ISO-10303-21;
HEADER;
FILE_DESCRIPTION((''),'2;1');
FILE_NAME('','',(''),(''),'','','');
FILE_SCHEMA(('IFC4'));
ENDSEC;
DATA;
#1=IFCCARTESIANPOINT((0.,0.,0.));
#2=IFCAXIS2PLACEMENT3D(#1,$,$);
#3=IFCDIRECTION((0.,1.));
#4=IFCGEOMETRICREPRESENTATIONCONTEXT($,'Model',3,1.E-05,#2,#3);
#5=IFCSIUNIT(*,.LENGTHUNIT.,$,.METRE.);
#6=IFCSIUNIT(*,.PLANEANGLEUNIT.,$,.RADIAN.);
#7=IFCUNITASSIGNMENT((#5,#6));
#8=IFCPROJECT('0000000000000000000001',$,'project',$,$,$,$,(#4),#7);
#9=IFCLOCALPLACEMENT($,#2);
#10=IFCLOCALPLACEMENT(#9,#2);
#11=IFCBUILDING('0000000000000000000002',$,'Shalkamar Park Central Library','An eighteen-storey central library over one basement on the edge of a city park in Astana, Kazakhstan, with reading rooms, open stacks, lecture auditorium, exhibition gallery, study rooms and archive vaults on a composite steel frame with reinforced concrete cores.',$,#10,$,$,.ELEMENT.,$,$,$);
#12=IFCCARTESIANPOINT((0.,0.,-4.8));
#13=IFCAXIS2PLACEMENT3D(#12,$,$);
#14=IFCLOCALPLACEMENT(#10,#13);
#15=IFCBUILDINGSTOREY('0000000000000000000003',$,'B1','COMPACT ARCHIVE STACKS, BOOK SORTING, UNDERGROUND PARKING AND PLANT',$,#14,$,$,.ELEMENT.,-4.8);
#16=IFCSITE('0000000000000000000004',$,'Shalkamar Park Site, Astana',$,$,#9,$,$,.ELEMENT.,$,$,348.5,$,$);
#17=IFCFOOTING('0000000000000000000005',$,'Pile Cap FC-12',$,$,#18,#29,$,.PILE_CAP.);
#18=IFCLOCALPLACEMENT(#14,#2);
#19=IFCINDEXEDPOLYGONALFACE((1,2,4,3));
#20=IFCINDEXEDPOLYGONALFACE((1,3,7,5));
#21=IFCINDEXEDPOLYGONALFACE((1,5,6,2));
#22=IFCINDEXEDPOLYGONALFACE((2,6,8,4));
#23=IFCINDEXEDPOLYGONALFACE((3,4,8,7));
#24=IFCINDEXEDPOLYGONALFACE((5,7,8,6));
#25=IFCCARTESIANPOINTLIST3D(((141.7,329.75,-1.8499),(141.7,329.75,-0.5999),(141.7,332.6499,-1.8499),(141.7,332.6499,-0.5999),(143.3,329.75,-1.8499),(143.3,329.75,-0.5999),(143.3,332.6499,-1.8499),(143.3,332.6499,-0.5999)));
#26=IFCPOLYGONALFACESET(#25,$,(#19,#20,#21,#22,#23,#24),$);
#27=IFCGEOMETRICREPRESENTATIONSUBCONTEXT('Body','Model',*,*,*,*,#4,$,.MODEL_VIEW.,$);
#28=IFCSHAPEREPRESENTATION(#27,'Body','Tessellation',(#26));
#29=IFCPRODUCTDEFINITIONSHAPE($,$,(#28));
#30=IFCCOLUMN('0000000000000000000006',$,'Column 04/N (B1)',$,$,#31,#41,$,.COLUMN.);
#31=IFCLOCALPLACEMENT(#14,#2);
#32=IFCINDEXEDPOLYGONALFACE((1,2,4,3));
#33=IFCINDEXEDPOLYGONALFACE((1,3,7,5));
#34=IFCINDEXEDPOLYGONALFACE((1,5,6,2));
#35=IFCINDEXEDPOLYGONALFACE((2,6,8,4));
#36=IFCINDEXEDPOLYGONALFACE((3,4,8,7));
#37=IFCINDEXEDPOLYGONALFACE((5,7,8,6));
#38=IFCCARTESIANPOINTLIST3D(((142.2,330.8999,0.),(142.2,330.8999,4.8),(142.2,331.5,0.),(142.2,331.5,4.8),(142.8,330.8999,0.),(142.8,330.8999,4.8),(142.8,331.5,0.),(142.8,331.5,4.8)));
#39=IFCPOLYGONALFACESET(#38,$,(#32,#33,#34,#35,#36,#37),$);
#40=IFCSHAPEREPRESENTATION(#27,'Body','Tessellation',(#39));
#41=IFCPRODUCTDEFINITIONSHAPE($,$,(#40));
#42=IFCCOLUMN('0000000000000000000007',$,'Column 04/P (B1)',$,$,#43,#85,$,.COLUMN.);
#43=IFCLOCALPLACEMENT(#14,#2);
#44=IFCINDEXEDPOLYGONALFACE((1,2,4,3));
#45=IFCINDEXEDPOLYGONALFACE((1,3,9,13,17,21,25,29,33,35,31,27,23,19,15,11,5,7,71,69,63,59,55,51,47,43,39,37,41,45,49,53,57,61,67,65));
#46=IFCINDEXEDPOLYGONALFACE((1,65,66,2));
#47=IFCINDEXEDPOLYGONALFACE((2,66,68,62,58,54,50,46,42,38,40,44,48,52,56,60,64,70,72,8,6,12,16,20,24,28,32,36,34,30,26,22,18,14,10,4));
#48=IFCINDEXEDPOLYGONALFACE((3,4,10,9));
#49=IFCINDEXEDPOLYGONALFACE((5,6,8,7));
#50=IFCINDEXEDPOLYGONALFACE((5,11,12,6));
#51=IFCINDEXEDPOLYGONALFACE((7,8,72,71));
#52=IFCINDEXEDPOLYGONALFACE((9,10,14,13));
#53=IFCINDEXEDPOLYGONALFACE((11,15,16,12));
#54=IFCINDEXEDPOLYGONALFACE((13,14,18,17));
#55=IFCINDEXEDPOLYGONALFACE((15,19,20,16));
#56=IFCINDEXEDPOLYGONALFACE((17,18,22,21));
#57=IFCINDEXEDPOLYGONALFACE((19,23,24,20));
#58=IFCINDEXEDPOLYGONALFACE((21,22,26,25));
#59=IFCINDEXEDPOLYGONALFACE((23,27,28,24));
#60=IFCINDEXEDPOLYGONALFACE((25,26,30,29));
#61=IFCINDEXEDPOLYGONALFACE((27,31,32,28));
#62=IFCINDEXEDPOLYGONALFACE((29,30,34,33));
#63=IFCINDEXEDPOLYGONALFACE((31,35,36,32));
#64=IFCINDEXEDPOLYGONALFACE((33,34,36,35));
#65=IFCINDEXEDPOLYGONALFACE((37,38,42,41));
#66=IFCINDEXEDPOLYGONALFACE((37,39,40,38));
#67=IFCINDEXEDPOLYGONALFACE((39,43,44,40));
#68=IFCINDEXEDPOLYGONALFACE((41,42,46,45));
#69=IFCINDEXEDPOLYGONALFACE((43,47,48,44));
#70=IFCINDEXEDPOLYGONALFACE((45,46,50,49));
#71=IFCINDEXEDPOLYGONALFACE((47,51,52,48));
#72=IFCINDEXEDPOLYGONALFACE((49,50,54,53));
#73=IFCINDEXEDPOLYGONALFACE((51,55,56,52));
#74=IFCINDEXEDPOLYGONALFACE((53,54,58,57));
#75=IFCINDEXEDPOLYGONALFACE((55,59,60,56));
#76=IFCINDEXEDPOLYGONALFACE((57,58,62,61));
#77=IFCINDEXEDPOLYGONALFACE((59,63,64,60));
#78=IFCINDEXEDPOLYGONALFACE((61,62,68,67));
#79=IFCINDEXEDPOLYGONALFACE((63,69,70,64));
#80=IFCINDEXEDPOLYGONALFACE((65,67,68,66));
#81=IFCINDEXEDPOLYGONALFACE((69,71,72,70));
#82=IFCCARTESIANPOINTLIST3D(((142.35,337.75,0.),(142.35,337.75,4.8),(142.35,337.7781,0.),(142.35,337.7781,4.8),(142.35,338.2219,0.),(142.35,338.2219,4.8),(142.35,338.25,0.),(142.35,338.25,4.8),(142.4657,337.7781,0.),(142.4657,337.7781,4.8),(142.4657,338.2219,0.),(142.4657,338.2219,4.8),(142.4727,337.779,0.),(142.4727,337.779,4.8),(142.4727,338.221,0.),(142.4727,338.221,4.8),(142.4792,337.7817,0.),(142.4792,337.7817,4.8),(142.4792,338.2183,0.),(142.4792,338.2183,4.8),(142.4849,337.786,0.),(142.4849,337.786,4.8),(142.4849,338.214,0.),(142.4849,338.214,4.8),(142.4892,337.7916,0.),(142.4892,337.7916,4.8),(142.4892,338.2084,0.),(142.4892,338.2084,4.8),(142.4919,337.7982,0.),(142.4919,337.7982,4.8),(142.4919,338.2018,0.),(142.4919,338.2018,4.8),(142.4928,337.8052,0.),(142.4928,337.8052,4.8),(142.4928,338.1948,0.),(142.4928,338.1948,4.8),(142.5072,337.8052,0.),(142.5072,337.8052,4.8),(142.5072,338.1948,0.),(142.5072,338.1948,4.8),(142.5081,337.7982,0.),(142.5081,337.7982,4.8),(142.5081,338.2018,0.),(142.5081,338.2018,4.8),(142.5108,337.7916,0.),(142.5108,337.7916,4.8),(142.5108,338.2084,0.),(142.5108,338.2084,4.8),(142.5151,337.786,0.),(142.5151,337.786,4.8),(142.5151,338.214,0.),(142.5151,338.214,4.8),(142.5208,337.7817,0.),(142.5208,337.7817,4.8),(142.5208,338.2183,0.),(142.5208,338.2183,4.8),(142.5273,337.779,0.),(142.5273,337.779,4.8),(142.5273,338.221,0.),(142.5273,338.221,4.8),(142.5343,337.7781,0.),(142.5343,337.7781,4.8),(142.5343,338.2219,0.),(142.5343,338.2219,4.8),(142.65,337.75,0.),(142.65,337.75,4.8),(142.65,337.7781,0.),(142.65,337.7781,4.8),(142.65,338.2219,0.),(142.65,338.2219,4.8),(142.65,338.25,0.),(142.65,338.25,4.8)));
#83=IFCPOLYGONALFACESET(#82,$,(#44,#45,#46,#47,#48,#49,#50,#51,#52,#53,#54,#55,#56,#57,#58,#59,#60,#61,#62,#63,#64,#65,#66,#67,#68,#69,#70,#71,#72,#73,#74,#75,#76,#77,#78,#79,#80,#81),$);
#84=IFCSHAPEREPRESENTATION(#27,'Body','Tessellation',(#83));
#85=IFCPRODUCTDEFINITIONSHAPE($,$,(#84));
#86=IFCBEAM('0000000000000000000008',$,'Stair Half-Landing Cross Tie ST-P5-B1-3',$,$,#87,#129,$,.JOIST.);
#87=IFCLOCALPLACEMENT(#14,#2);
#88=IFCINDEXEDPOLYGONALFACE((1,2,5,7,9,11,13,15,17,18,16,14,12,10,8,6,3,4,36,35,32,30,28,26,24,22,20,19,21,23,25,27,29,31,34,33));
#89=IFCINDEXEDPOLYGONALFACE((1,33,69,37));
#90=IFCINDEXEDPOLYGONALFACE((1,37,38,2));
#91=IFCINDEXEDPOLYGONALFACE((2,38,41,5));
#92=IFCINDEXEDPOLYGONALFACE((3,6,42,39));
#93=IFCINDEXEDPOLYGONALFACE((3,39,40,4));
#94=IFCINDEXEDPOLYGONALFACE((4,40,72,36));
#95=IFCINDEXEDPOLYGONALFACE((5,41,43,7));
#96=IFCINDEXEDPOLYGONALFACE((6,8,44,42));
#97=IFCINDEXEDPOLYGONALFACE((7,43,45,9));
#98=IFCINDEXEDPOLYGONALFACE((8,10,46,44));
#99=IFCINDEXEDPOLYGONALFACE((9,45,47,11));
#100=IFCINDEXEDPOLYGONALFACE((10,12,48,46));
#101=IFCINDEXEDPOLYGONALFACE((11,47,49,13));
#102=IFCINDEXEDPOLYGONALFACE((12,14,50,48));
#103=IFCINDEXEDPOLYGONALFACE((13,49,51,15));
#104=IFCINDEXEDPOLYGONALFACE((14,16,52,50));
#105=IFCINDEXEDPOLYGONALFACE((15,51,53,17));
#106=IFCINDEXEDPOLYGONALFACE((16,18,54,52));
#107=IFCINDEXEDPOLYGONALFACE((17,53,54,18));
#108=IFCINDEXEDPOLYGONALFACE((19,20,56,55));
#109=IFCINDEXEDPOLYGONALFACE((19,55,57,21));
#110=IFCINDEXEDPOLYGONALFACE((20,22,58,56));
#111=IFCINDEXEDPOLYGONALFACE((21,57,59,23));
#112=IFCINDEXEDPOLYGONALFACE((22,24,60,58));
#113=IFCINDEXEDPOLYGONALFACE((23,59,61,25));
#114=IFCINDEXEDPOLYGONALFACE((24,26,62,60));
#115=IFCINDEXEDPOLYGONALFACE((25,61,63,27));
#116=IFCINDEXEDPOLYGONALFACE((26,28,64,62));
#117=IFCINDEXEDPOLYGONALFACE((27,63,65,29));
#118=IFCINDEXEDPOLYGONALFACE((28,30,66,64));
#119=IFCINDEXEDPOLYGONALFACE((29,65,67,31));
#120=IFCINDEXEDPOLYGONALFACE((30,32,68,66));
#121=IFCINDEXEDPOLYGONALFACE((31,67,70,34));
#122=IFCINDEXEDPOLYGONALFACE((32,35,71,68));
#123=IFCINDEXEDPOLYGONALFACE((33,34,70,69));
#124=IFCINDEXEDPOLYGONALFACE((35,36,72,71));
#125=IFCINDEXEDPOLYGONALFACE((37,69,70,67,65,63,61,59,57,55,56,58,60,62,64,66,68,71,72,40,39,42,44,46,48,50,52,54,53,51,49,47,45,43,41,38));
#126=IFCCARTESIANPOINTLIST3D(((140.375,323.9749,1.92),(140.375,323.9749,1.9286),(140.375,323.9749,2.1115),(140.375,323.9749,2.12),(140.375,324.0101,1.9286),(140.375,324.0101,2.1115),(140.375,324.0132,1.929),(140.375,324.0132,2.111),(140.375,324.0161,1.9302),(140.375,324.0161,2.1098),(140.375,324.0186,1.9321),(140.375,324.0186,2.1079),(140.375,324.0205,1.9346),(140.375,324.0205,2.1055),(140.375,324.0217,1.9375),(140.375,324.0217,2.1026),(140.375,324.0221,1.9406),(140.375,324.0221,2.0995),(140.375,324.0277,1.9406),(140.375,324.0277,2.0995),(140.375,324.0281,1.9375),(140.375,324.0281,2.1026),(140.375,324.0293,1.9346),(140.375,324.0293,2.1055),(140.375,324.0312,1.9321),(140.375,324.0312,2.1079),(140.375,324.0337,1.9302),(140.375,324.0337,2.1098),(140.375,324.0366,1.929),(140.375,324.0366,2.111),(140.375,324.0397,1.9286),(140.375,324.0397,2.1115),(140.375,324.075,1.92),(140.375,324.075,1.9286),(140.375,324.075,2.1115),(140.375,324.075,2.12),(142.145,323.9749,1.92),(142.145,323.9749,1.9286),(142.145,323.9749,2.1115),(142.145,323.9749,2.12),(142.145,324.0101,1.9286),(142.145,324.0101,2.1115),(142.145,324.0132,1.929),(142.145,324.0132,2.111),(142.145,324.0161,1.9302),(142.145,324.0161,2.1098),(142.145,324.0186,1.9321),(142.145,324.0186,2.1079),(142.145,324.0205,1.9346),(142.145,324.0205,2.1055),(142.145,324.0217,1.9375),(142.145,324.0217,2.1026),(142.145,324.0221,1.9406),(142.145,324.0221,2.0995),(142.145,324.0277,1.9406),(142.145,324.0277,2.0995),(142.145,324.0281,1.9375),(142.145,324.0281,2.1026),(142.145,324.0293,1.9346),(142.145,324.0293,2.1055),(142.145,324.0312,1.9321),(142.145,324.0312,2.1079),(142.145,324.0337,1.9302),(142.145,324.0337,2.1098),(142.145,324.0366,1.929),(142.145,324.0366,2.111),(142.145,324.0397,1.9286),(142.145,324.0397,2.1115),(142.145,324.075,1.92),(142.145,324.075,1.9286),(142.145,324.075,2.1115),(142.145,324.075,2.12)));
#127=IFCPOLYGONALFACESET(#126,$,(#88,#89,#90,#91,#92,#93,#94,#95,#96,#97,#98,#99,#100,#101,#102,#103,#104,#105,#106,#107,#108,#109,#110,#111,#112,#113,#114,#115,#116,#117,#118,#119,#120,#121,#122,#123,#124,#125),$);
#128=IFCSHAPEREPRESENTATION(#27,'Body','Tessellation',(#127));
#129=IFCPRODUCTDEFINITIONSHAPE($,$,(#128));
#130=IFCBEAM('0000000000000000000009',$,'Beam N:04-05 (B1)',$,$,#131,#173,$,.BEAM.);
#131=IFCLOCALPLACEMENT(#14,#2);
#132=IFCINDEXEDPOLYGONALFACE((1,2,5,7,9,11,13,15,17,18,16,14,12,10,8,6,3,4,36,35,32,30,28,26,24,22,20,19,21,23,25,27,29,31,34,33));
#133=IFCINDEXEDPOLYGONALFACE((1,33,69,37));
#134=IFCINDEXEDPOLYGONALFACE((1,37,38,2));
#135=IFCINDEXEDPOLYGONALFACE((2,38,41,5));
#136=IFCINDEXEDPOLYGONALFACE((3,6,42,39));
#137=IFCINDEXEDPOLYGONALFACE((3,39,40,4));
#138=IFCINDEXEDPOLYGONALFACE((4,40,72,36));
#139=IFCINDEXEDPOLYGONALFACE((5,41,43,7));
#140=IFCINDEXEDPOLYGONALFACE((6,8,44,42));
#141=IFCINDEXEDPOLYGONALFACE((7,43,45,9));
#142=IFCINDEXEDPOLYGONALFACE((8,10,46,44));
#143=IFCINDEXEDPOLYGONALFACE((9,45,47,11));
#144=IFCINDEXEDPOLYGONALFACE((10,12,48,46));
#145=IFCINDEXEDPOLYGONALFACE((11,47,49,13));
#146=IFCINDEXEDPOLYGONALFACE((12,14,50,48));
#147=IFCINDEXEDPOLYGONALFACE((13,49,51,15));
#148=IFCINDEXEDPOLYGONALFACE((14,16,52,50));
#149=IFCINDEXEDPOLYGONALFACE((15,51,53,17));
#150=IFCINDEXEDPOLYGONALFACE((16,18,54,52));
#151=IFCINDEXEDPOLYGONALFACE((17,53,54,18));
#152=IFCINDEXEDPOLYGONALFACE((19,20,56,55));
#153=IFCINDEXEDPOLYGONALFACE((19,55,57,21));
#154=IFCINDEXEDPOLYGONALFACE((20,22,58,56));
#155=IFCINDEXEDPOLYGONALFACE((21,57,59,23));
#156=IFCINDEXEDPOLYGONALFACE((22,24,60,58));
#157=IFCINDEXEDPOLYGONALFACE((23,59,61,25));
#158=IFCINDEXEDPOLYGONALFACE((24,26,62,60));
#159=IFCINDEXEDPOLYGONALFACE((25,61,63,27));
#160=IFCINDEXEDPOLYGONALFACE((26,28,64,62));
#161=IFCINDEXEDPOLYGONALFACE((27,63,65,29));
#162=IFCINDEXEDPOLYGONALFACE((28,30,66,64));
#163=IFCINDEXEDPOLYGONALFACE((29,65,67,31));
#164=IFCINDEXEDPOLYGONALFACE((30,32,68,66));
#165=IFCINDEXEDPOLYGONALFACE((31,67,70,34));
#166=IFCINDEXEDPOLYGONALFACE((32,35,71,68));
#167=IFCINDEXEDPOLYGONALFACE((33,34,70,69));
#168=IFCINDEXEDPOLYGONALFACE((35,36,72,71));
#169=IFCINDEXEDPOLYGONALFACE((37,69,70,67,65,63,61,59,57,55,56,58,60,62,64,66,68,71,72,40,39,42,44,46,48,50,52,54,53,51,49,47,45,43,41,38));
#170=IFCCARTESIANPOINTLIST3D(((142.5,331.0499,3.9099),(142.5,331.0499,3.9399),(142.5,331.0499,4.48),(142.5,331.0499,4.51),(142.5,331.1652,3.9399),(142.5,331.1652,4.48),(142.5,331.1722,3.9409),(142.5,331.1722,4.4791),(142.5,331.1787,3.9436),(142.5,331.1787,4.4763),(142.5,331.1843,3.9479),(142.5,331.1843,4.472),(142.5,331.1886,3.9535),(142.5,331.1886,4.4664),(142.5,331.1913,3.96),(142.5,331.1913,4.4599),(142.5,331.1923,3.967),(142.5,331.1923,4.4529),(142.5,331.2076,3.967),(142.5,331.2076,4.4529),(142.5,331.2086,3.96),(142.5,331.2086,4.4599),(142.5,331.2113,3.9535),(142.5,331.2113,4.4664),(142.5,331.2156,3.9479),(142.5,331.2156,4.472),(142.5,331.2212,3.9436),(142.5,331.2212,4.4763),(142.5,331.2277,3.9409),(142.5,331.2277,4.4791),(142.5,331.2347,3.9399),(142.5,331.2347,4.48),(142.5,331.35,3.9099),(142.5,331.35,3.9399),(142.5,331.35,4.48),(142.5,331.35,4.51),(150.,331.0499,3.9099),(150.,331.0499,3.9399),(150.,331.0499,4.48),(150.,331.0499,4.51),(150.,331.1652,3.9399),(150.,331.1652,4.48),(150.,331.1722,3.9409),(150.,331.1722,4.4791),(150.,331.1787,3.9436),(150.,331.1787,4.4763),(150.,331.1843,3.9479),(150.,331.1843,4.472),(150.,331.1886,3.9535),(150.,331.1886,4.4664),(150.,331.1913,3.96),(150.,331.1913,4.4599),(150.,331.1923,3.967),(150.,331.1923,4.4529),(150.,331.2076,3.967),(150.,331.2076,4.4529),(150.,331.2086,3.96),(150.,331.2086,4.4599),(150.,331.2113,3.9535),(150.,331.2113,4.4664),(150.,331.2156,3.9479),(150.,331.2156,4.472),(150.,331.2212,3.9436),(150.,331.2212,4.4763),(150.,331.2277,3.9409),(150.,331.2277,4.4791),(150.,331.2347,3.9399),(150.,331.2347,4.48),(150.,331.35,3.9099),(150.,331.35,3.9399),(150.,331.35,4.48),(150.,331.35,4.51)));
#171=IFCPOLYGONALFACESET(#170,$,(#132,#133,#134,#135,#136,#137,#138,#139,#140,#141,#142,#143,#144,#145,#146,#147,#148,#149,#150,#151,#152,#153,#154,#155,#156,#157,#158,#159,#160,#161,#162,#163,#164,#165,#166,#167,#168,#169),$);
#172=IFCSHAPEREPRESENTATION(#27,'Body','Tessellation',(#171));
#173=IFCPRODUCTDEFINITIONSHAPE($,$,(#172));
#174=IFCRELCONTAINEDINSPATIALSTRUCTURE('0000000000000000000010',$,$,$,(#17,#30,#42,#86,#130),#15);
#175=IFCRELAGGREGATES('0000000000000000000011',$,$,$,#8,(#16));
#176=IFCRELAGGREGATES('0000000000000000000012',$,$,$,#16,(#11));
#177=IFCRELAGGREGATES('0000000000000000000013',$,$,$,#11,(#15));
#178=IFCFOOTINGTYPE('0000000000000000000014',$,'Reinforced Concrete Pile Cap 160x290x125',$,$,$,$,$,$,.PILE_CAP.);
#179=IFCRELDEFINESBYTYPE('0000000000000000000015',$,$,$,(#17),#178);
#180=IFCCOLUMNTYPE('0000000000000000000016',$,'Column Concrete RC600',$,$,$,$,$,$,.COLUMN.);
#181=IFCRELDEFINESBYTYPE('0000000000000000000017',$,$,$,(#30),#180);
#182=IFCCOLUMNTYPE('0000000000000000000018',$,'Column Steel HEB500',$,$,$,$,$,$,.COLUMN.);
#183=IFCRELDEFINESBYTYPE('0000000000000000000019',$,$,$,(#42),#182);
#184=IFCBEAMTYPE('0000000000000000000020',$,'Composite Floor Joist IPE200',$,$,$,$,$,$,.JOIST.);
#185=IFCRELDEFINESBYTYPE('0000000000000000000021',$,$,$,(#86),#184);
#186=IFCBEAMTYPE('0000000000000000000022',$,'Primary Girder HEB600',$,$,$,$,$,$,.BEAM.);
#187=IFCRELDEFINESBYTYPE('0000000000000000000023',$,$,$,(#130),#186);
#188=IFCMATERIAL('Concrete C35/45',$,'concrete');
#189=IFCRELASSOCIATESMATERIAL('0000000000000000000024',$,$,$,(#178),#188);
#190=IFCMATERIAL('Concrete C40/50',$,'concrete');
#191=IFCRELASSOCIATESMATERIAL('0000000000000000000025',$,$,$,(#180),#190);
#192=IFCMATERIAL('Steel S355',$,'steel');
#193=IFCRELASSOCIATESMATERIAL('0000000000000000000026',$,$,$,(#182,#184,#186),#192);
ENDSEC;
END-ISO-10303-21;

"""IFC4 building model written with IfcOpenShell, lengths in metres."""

from ifc_helpers import new_model, si_unit, direction, frame, origin, origin_2d, place, context, subcontext, project, spatial, rectangle, i_section, extrude, material, material_profile, profile_set, type_object, element, save


model = new_model("IFC4")

# Units and contexts
model_context = context("Model", 3, precision=1e-05, world=origin(), true_north=direction((0.0, 1.0)))
body_context = subcontext(model_context, "Body", "Model", "MODEL_VIEW")
ifc_project = project(units=[si_unit("LENGTHUNIT", "METRE"), si_unit("PLANEANGLEUNIT", "RADIAN")], contexts=[model_context])

# Site, building, storey
site_placement = place(None, origin())
site = spatial("IfcSite", under=ifc_project, at=site_placement, Name="Shalkamar Park Site, Astana", CompositionType="ELEMENT", RefElevation=348.5)
building_placement = place(site_placement, origin())
building = spatial("IfcBuilding", under=site, at=building_placement, Name="Shalkamar Park Central Library", Description="An eighteen-storey central library over one basement on the edge of a city park in Astana, Kazakhstan, with reading rooms, open stacks, lecture auditorium, exhibition gallery, study rooms and archive vaults on a composite steel frame with reinforced concrete cores.", CompositionType="ELEMENT")
storey_placement = place(building_placement, frame((0.0, 0.0, -4.8)))
storey = spatial("IfcBuildingStorey", under=building, at=storey_placement, Name="B1", Description="COMPACT ARCHIVE STACKS, BOOK SORTING, UNDERGROUND PARKING AND PLANT", CompositionType="ELEMENT", Elevation=-4.8)

# Shared definitions
ifc_material_1 = material(Name="Concrete C35/45", Category="concrete")

# Footing
footing_type_1 = type_object("IfcFootingType", Name="Reinforced Concrete Pile Cap 160x290x125", PredefinedType="PILE_CAP", material=ifc_material_1)
footing_1_placement = place(storey_placement, frame((142.5, 331.2, -1.8499), z_axis=(0.0, 0.0, 1.0), x_axis=(1.0, 0.0, 0.0)))
element("IfcFooting", 1, at=footing_1_placement, inside=storey, type_object=footing_type_1, Name="Pile Cap FC-12", PredefinedType="PILE_CAP", context=body_context, shape_type="SweptSolid", body=[
    extrude(rectangle(XDim=1.6001, YDim=2.8999, at=origin_2d()), origin(), (0.0, 0.0, 1.0), 1.25),
])

# Columns
ifc_material_2 = material(Name="Concrete C40/50", Category="concrete")
ifc_material_profile_1 = material_profile(ifc_material_2, rectangle(XDim=0.6001, YDim=0.6001, at=origin_2d()), Name="RC 600x600")
ifc_profile_set_1 = profile_set([ifc_material_profile_1], Name="Concrete C40/50")
column_type_1 = type_object("IfcColumnType", Name="Column Concrete RC600", PredefinedType="COLUMN", material=ifc_profile_set_1)
column_1_placement = place(storey_placement, frame((142.5, 331.2, 0.0), z_axis=(0.0, 0.0, 1.0), x_axis=(1.0, 0.0, 0.0)))
element("IfcColumn", 2, at=column_1_placement, inside=storey, type_object=column_type_1, Name="Column 04/N (B1)", PredefinedType="COLUMN", context=body_context, shape_type="SweptSolid", body=[
    extrude(rectangle(XDim=0.6001, YDim=0.6001, at=origin_2d()), origin(), (0.0, 0.0, 1.0), 4.8),
])
ifc_material_3 = material(Name="Steel S355", Category="steel")
ifc_material_profile_2 = material_profile(ifc_material_3, i_section(OverallWidth=0.3, OverallDepth=0.5, WebThickness=0.0144, FlangeThickness=0.0281, FilletRadius=0.0271, at=origin_2d()), Name="HEB 500")
ifc_profile_set_2 = profile_set([ifc_material_profile_2], Name="Steel S355")
column_type_2 = type_object("IfcColumnType", Name="Column Steel HEB500", PredefinedType="COLUMN", material=ifc_profile_set_2)
column_2_placement = place(storey_placement, frame((142.5, 338.0, 0.0), z_axis=(0.0, 0.0, 1.0), x_axis=(1.0, 0.0, 0.0)))
element("IfcColumn", 3, at=column_2_placement, inside=storey, type_object=column_type_2, Name="Column 04/P (B1)", PredefinedType="COLUMN", context=body_context, shape_type="SweptSolid", body=[
    extrude(i_section(OverallWidth=0.3, OverallDepth=0.5, WebThickness=0.0144, FlangeThickness=0.0281, FilletRadius=0.0271, at=origin_2d()), origin(), (0.0, 0.0, 1.0), 4.8),
])

# Beams
ifc_material_profile_3 = material_profile(ifc_material_3, i_section(OverallWidth=0.1001, OverallDepth=0.2, WebThickness=0.0056, FlangeThickness=0.0085, FilletRadius=0.012, at=origin_2d()), Name="IPE 200")
ifc_profile_set_3 = profile_set([ifc_material_profile_3], Name="Steel S355")
beam_type_1 = type_object("IfcBeamType", Name="Composite Floor Joist IPE200", PredefinedType="JOIST", material=ifc_profile_set_3)
beam_1_placement = place(storey_placement, frame((140.375, 324.0249, 2.02), z_axis=(1.0, 0.0, 0.0), x_axis=(0.0, 1.0, 0.0)))
element("IfcBeam", 4, at=beam_1_placement, inside=storey, type_object=beam_type_1, Name="Stair Half-Landing Cross Tie ST-P5-B1-3", PredefinedType="JOIST", context=body_context, shape_type="SweptSolid", body=[
    extrude(i_section(OverallWidth=0.1001, OverallDepth=0.2, WebThickness=0.0056, FlangeThickness=0.0085, FilletRadius=0.012, at=origin_2d()), origin(), (0.0, 0.0, 1.0), 1.77),
])
ifc_material_profile_4 = material_profile(ifc_material_3, i_section(OverallWidth=0.3, OverallDepth=0.6001, WebThickness=0.0154, FlangeThickness=0.03, FilletRadius=0.0271, at=origin_2d()), Name="HEB 600")
ifc_profile_set_4 = profile_set([ifc_material_profile_4], Name="Steel S355")
beam_type_2 = type_object("IfcBeamType", Name="Primary Girder HEB600", PredefinedType="BEAM", material=ifc_profile_set_4)
for number, where, z_axis, x_axis, name in (
    (5, (142.5, 331.2, 4.21), (1.0, 0.0, 0.0), (0.0, 1.0, 0.0), "Beam N:04-05 (B1)"),
):
    element("IfcBeam", number, at=place(storey_placement, frame(where, z_axis=z_axis, x_axis=x_axis)), inside=storey, type_object=beam_type_2, Name=name, PredefinedType="BEAM", context=body_context, shape_type="SweptSolid", body=[
        extrude(i_section(OverallWidth=0.3, OverallDepth=0.6001, WebThickness=0.0154, FlangeThickness=0.03, FilletRadius=0.0271, at=origin_2d()), origin(), (0.0, 0.0, 1.0), 7.5),
    ])

save(model, "model.ifc")
